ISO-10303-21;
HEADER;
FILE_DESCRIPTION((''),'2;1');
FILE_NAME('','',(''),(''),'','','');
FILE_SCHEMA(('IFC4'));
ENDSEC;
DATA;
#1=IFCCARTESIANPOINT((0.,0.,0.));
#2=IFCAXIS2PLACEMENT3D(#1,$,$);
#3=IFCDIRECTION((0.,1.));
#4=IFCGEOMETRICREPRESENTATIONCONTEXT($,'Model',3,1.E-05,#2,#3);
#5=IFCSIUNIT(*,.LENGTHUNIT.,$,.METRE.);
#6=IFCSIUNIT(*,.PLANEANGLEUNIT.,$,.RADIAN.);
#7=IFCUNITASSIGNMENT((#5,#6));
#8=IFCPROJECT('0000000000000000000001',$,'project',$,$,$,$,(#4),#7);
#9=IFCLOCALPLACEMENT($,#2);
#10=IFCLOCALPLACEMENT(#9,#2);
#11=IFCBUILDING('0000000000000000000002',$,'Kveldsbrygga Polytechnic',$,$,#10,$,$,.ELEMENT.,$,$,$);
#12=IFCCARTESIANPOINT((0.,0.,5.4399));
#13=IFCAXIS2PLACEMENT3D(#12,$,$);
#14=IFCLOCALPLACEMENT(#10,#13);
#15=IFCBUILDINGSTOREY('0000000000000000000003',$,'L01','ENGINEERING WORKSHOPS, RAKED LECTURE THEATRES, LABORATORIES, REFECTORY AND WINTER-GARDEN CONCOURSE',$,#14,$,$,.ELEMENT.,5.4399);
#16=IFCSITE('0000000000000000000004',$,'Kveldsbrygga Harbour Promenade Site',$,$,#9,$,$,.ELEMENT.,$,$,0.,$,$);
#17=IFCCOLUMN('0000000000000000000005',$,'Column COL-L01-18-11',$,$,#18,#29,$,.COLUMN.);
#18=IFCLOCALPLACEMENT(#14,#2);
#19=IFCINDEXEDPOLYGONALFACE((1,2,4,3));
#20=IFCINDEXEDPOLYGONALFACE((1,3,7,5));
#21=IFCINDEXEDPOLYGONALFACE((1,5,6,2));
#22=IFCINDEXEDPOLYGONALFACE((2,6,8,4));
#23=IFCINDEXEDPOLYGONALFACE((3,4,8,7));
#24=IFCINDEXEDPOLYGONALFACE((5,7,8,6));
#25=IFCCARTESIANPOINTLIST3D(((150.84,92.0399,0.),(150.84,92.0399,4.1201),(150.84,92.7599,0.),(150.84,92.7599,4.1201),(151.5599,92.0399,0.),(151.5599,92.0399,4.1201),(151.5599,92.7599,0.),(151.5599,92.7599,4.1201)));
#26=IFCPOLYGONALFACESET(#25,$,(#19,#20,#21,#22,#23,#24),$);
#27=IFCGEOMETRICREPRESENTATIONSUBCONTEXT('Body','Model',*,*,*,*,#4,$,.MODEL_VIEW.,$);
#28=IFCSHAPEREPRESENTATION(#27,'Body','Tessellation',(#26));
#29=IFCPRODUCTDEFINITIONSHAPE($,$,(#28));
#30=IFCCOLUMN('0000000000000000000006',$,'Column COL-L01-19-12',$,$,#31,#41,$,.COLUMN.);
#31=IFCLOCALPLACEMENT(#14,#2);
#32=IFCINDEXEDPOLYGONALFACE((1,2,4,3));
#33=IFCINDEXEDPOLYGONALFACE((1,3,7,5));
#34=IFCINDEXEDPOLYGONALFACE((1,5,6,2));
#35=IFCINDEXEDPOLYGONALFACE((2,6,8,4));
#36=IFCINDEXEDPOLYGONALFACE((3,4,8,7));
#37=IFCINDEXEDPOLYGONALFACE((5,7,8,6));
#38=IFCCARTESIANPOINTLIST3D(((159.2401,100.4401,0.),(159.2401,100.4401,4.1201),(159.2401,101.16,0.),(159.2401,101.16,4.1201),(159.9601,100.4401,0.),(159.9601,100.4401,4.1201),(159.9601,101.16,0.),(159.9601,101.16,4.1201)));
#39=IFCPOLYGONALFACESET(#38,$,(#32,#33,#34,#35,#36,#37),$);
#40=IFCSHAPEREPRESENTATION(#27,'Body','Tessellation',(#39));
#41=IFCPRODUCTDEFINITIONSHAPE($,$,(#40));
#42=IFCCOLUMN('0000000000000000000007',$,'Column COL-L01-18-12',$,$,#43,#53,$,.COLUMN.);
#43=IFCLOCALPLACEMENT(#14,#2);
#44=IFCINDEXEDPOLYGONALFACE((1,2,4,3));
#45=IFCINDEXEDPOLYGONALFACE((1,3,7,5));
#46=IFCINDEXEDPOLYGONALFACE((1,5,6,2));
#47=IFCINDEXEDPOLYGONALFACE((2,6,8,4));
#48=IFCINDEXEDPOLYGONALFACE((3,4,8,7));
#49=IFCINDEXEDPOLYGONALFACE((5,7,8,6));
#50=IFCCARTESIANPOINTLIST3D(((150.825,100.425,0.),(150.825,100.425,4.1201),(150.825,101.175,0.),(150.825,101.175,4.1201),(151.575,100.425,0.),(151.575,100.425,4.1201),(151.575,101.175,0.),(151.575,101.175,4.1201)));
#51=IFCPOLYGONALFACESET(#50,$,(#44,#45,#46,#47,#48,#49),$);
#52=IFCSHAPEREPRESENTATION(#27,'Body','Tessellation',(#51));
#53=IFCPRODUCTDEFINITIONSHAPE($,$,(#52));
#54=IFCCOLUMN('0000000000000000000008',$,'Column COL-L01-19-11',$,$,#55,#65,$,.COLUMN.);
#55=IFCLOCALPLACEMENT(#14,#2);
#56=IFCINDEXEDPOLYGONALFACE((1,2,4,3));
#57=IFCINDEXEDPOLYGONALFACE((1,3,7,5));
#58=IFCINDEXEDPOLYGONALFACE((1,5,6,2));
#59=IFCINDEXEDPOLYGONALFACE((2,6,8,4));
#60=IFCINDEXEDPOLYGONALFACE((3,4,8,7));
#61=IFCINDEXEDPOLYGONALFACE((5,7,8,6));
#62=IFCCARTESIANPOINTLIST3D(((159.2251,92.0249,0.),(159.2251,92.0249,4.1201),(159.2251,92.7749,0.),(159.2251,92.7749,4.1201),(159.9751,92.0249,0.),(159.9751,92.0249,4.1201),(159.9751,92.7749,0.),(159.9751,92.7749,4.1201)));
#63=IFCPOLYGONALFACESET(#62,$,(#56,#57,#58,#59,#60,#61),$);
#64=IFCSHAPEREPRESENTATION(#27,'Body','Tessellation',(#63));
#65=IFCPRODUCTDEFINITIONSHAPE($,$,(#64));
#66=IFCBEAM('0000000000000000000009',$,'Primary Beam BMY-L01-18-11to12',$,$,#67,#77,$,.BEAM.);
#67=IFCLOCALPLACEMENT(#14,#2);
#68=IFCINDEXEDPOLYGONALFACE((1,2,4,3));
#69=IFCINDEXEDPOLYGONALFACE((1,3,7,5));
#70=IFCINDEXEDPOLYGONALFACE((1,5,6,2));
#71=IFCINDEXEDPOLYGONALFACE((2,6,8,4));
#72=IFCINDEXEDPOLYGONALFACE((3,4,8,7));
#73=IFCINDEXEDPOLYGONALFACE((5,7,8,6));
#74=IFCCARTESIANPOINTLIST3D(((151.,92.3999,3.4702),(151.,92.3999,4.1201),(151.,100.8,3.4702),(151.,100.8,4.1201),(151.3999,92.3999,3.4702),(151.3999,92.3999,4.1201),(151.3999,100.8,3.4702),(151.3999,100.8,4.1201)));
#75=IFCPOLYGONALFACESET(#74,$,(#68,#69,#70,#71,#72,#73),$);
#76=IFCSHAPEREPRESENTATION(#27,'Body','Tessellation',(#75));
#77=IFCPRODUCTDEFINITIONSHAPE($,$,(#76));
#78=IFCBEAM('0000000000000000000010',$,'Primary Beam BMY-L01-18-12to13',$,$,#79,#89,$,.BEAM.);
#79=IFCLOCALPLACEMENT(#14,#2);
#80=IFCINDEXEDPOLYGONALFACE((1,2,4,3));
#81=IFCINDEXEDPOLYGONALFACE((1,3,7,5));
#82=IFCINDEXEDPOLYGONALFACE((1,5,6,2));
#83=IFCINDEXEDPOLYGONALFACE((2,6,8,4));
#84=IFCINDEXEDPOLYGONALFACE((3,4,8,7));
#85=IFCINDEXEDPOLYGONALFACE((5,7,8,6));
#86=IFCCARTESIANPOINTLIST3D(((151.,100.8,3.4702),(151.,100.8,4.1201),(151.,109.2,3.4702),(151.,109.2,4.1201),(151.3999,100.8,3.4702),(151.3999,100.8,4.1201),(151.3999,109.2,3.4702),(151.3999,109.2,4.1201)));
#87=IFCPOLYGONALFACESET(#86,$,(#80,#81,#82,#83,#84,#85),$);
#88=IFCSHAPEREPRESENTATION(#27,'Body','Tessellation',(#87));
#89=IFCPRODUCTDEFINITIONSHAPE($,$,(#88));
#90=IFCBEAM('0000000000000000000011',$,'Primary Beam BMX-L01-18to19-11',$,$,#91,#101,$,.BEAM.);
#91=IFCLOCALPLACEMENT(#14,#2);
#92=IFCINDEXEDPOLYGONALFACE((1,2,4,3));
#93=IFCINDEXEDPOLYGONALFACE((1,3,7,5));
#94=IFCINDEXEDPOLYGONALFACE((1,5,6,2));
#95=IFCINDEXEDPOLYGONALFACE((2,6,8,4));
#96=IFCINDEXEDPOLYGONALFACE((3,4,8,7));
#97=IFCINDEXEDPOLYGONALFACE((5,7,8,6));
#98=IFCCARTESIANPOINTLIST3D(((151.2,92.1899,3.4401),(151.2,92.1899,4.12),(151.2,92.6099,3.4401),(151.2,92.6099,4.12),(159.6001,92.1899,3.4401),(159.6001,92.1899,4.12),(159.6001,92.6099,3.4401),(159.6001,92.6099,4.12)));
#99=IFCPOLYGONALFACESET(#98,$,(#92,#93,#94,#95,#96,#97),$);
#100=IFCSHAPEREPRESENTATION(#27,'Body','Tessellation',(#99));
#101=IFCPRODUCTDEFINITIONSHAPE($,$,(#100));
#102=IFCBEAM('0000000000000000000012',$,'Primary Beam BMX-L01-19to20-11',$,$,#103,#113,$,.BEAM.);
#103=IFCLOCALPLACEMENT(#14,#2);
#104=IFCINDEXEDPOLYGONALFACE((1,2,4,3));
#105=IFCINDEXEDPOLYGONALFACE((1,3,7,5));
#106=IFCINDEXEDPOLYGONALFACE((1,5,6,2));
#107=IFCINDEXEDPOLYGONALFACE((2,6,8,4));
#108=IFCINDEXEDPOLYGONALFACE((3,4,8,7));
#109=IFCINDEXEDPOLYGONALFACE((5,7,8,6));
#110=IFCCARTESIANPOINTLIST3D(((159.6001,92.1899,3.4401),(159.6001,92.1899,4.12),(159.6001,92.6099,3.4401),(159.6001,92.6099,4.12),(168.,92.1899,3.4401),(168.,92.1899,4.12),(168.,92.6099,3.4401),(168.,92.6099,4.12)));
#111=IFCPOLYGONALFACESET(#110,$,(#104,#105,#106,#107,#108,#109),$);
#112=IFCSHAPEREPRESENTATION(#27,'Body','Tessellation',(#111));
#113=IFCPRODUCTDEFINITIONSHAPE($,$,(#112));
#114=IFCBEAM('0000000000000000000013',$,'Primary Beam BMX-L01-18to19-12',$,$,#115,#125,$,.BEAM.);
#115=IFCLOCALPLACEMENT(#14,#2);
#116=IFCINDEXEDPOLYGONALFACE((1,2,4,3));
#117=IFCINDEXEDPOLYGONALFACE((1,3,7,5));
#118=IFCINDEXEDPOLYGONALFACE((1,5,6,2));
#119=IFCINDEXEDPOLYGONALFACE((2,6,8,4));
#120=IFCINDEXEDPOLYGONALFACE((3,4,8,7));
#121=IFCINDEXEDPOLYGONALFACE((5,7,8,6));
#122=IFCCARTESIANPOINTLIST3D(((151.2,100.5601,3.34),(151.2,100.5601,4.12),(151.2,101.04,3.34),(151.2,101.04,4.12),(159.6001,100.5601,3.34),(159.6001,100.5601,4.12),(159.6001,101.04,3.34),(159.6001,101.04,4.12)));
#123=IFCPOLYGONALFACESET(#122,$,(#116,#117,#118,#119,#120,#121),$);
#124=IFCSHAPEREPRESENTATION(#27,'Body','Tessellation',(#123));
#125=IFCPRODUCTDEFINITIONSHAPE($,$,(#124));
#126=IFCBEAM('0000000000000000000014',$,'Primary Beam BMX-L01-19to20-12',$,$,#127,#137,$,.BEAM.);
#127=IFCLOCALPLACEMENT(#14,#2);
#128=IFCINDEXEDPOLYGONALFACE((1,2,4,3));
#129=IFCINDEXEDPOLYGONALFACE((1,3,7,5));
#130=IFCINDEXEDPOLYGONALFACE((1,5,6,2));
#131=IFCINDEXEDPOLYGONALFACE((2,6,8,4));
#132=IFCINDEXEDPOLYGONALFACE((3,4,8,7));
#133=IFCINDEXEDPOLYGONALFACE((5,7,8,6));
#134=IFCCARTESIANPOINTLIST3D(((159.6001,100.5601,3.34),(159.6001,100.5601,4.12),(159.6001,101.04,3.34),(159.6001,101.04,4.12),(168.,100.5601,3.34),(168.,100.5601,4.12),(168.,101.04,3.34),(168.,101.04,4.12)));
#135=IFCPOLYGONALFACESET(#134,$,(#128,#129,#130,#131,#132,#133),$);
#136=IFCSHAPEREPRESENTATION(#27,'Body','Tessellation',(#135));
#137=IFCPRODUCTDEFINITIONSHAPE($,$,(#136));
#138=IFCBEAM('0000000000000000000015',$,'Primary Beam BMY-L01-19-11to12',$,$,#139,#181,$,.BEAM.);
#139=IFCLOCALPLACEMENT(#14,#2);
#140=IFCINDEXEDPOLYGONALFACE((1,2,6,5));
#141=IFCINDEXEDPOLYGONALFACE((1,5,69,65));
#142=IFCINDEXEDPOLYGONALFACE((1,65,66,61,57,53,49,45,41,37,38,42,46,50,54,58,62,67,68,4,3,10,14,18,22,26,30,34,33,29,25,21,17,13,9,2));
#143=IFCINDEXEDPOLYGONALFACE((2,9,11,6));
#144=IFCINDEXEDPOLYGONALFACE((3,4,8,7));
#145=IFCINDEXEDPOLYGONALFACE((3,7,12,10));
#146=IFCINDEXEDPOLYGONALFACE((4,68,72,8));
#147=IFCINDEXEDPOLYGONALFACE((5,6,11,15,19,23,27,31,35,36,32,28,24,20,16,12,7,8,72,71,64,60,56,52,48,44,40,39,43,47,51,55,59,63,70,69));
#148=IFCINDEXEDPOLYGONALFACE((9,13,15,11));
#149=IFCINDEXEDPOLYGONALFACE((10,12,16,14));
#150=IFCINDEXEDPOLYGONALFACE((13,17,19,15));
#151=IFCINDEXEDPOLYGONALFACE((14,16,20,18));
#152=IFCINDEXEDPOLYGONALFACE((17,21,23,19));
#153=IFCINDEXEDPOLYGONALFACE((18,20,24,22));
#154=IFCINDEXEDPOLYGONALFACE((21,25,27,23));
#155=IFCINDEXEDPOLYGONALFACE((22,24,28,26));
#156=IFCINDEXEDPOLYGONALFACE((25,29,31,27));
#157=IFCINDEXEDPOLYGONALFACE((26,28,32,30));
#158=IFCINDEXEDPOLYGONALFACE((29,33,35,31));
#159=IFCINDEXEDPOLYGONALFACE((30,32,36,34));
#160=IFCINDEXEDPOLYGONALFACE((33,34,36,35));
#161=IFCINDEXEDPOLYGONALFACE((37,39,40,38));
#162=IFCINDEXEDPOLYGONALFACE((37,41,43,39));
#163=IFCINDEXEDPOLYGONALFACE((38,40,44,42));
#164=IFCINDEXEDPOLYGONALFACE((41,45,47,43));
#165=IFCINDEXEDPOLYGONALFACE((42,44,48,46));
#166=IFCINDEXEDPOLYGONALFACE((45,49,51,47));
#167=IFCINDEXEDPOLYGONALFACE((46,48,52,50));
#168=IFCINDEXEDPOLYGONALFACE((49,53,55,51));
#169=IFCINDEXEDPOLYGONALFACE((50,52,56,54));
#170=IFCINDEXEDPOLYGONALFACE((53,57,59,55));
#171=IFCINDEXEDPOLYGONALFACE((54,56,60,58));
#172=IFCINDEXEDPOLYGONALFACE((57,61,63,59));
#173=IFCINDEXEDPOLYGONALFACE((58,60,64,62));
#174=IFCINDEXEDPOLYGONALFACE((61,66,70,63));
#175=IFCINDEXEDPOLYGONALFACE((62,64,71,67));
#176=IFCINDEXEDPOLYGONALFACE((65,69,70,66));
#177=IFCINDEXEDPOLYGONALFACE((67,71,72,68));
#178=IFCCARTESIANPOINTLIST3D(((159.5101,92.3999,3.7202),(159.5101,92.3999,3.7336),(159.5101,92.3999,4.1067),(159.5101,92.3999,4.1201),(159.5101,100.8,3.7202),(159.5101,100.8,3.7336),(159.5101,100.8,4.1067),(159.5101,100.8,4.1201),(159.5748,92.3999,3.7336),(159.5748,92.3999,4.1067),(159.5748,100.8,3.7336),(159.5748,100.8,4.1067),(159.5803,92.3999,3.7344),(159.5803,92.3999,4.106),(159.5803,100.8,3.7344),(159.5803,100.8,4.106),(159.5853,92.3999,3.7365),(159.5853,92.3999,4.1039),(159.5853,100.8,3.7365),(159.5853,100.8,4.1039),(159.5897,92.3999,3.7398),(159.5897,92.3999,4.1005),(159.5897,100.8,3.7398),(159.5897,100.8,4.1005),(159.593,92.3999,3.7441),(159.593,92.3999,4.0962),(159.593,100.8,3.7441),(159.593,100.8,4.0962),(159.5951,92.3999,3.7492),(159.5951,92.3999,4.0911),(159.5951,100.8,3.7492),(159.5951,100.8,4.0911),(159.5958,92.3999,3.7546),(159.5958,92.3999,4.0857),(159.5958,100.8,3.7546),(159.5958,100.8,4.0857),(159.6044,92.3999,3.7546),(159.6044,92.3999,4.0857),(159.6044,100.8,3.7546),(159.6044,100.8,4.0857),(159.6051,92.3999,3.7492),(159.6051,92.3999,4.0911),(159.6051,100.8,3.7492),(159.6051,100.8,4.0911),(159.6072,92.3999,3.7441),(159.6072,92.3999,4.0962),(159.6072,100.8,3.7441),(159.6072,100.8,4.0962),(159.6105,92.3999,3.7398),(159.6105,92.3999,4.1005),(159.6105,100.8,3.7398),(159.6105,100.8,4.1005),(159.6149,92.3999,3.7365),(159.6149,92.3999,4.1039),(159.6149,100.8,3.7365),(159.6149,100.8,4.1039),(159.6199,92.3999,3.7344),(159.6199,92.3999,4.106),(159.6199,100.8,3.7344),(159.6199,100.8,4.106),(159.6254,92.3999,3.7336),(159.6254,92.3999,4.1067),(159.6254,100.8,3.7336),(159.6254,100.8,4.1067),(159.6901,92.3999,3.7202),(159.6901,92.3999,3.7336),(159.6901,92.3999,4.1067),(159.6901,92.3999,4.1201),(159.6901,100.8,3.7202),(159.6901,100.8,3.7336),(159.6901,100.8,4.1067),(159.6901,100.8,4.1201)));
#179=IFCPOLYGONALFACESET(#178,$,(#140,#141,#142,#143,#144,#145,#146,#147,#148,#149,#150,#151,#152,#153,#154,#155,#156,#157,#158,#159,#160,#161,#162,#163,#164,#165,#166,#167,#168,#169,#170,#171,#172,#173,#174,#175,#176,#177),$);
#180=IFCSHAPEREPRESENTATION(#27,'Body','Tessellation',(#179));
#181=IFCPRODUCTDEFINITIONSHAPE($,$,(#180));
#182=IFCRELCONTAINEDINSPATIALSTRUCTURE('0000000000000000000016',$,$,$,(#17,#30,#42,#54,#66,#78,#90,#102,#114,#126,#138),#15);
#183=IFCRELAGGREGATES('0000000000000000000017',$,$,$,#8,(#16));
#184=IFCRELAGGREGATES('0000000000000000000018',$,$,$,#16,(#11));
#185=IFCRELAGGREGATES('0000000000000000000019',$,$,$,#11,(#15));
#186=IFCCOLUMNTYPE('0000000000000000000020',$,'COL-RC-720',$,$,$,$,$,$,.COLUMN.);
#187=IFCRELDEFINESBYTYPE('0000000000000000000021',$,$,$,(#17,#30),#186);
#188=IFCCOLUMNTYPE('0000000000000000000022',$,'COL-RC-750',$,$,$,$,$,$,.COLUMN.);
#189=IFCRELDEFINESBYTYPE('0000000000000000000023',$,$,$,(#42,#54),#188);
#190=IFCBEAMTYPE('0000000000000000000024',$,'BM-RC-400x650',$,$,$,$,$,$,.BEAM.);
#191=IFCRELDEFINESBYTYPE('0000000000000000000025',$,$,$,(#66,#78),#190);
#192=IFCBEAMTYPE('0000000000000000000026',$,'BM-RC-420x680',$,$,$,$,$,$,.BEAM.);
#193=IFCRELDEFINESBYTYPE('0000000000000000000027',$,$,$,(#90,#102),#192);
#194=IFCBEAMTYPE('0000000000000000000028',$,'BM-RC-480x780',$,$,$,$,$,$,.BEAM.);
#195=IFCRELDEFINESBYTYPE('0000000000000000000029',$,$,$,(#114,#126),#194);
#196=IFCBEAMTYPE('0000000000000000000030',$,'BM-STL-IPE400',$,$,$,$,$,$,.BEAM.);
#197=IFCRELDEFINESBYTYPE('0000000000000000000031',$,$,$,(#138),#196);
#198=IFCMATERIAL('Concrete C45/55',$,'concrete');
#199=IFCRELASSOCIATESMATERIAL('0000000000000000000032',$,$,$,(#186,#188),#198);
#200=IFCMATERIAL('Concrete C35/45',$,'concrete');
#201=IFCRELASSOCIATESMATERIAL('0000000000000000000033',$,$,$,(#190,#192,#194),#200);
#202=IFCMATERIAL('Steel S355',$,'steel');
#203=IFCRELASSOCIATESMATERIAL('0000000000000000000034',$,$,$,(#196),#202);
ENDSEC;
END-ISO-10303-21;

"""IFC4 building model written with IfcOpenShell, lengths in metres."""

from ifc_helpers import new_model, si_unit, direction, frame, origin, origin_2d, place, context, subcontext, project, spatial, rectangle, i_section, extrude, material, material_profile, profile_set, type_object, element, save


model = new_model("IFC4")

# Units and contexts
model_context = context("Model", 3, precision=1e-05, world=origin(), true_north=direction((0.0, 1.0)))
body_context = subcontext(model_context, "Body", "Model", "MODEL_VIEW")
ifc_project = project(units=[si_unit("LENGTHUNIT", "METRE"), si_unit("PLANEANGLEUNIT", "RADIAN")], contexts=[model_context])

# Site, building, storey
site_placement = place(None, origin())
site = spatial("IfcSite", under=ifc_project, at=site_placement, Name="Kveldsbrygga Harbour Promenade Site", CompositionType="ELEMENT", RefElevation=0.0)
building_placement = place(site_placement, origin())
building = spatial("IfcBuilding", under=site, at=building_placement, Name="Kveldsbrygga Polytechnic", CompositionType="ELEMENT")
storey_placement = place(building_placement, frame((0.0, 0.0, 5.4399)))
storey = spatial("IfcBuildingStorey", under=building, at=storey_placement, Name="L01", Description="ENGINEERING WORKSHOPS, RAKED LECTURE THEATRES, LABORATORIES, REFECTORY AND WINTER-GARDEN CONCOURSE", CompositionType="ELEMENT", Elevation=5.4399)

# Columns
ifc_material_1 = material(Name="Concrete C45/55", Category="concrete")
ifc_material_profile_1 = material_profile(ifc_material_1, rectangle(XDim=0.72, YDim=0.72, at=origin_2d()), Name="RC 720x720")
ifc_profile_set_1 = profile_set([ifc_material_profile_1], Name="Concrete C45/55")
column_type_1 = type_object("IfcColumnType", Name="COL-RC-720", PredefinedType="COLUMN", material=ifc_profile_set_1)
for number, where, z_axis, x_axis, name in (
    (1, (151.2, 92.3999, 0.0), (0.0, 0.0, 1.0), (1.0, 0.0, 0.0), "Column COL-L01-18-11"),
    (2, (159.6001, 100.8, 0.0), (0.0, 0.0, 1.0), (1.0, 0.0, 0.0), "Column COL-L01-19-12"),
):
    element("IfcColumn", number, at=place(storey_placement, frame(where, z_axis=z_axis, x_axis=x_axis)), inside=storey, type_object=column_type_1, Name=name, PredefinedType="COLUMN", context=body_context, shape_type="SweptSolid", body=[
        extrude(rectangle(XDim=0.72, YDim=0.72, at=origin_2d()), origin(), (0.0, 0.0, 1.0), 4.1201),
    ])
ifc_material_profile_2 = material_profile(ifc_material_1, rectangle(XDim=0.75, YDim=0.75, at=origin_2d()), Name="RC 750x750")
ifc_profile_set_2 = profile_set([ifc_material_profile_2], Name="Concrete C45/55")
column_type_2 = type_object("IfcColumnType", Name="COL-RC-750", PredefinedType="COLUMN", material=ifc_profile_set_2)
for number, where, z_axis, x_axis, name in (
    (3, (151.2, 100.8, 0.0), (0.0, 0.0, 1.0), (1.0, 0.0, 0.0), "Column COL-L01-18-12"),
    (4, (159.6001, 92.3999, 0.0), (0.0, 0.0, 1.0), (1.0, 0.0, 0.0), "Column COL-L01-19-11"),
):
    element("IfcColumn", number, at=place(storey_placement, frame(where, z_axis=z_axis, x_axis=x_axis)), inside=storey, type_object=column_type_2, Name=name, PredefinedType="COLUMN", context=body_context, shape_type="SweptSolid", body=[
        extrude(rectangle(XDim=0.75, YDim=0.75, at=origin_2d()), origin(), (0.0, 0.0, 1.0), 4.1201),
    ])

# Beams
ifc_material_2 = material(Name="Concrete C35/45", Category="concrete")
ifc_material_profile_3 = material_profile(ifc_material_2, rectangle(XDim=0.3999, YDim=0.6499, at=origin_2d()), Name="RC 400x650")
ifc_profile_set_3 = profile_set([ifc_material_profile_3], Name="Concrete C35/45")
beam_type_1 = type_object("IfcBeamType", Name="BM-RC-400x650", PredefinedType="BEAM", material=ifc_profile_set_3)
beam_1_placement = place(storey_placement, frame((151.2, 92.3999, 3.7952), z_axis=(0.0, 1.0, 0.0), x_axis=(-1.0, 0.0, 0.0)))
element("IfcBeam", 5, at=beam_1_placement, inside=storey, type_object=beam_type_1, Name="Primary Beam BMY-L01-18-11to12", PredefinedType="BEAM", context=body_context, shape_type="SweptSolid", body=[
    extrude(rectangle(XDim=0.3999, YDim=0.6499, at=origin_2d()), origin(), (0.0, 0.0, 1.0), 8.4001),
])
beam_2_placement = place(storey_placement, frame((151.2, 100.8, 3.7952), z_axis=(0.0, 1.0, 0.0), x_axis=(-1.0, 0.0, 0.0)))
element("IfcBeam", 6, at=beam_2_placement, inside=storey, type_object=beam_type_1, Name="Primary Beam BMY-L01-18-12to13", PredefinedType="BEAM", context=body_context, shape_type="SweptSolid", body=[
    extrude(rectangle(XDim=0.3999, YDim=0.6499, at=origin_2d()), origin(), (0.0, 0.0, 1.0), 8.3999),
])
ifc_material_profile_4 = material_profile(ifc_material_2, rectangle(XDim=0.4199, YDim=0.6799, at=origin_2d()), Name="RC 420x680")
ifc_profile_set_4 = profile_set([ifc_material_profile_4], Name="Concrete C35/45")
beam_type_2 = type_object("IfcBeamType", Name="BM-RC-420x680", PredefinedType="BEAM", material=ifc_profile_set_4)
beam_3_placement = place(storey_placement, frame((151.2, 92.3999, 3.78), z_axis=(1.0, 0.0, 0.0), x_axis=(0.0, 1.0, 0.0)))
element("IfcBeam", 7, at=beam_3_placement, inside=storey, type_object=beam_type_2, Name="Primary Beam BMX-L01-18to19-11", PredefinedType="BEAM", context=body_context, shape_type="SweptSolid", body=[
    extrude(rectangle(XDim=0.4199, YDim=0.6799, at=origin_2d()), origin(), (0.0, 0.0, 1.0), 8.4001),
])
beam_4_placement = place(storey_placement, frame((159.6001, 92.3999, 3.78), z_axis=(1.0, 0.0, 0.0), x_axis=(0.0, 1.0, 0.0)))
element("IfcBeam", 8, at=beam_4_placement, inside=storey, type_object=beam_type_2, Name="Primary Beam BMX-L01-19to20-11", PredefinedType="BEAM", context=body_context, shape_type="SweptSolid", body=[
    extrude(rectangle(XDim=0.4199, YDim=0.6799, at=origin_2d()), origin(), (0.0, 0.0, 1.0), 8.3999),
])
ifc_material_profile_5 = material_profile(ifc_material_2, rectangle(XDim=0.48, YDim=0.78, at=origin_2d()), Name="RC 480x780")
ifc_profile_set_5 = profile_set([ifc_material_profile_5], Name="Concrete C35/45")
beam_type_3 = type_object("IfcBeamType", Name="BM-RC-480x780", PredefinedType="BEAM", material=ifc_profile_set_5)
beam_5_placement = place(storey_placement, frame((151.2, 100.8, 3.73), z_axis=(1.0, 0.0, 0.0), x_axis=(0.0, 1.0, 0.0)))
element("IfcBeam", 9, at=beam_5_placement, inside=storey, type_object=beam_type_3, Name="Primary Beam BMX-L01-18to19-12", PredefinedType="BEAM", context=body_context, shape_type="SweptSolid", body=[
    extrude(rectangle(XDim=0.48, YDim=0.78, at=origin_2d()), origin(), (0.0, 0.0, 1.0), 8.4001),
])
beam_6_placement = place(storey_placement, frame((159.6001, 100.8, 3.73), z_axis=(1.0, 0.0, 0.0), x_axis=(0.0, 1.0, 0.0)))
element("IfcBeam", 10, at=beam_6_placement, inside=storey, type_object=beam_type_3, Name="Primary Beam BMX-L01-19to20-12", PredefinedType="BEAM", context=body_context, shape_type="SweptSolid", body=[
    extrude(rectangle(XDim=0.48, YDim=0.78, at=origin_2d()), origin(), (0.0, 0.0, 1.0), 8.3999),
])
ifc_material_3 = material(Name="Steel S355", Category="steel")
ifc_material_profile_6 = material_profile(ifc_material_3, i_section(OverallWidth=0.1799, OverallDepth=0.3999, WebThickness=0.0085, FlangeThickness=0.0134, FilletRadius=0.021, at=origin_2d()), Name="IPE 400")
ifc_profile_set_6 = profile_set([ifc_material_profile_6], Name="Steel S355")
beam_type_4 = type_object("IfcBeamType", Name="BM-STL-IPE400", PredefinedType="BEAM", material=ifc_profile_set_6)
beam_7_placement = place(storey_placement, frame((159.6001, 92.3999, 3.9202), z_axis=(0.0, 1.0, 0.0), x_axis=(-1.0, 0.0, 0.0)))
element("IfcBeam", 11, at=beam_7_placement, inside=storey, type_object=beam_type_4, Name="Primary Beam BMY-L01-19-11to12", PredefinedType="BEAM", context=body_context, shape_type="SweptSolid", body=[
    extrude(i_section(OverallWidth=0.1799, OverallDepth=0.3999, WebThickness=0.0085, FlangeThickness=0.0134, FilletRadius=0.021, at=origin_2d()), origin(), (0.0, 0.0, 1.0), 8.4001),
])

save(model, "model.ifc")
